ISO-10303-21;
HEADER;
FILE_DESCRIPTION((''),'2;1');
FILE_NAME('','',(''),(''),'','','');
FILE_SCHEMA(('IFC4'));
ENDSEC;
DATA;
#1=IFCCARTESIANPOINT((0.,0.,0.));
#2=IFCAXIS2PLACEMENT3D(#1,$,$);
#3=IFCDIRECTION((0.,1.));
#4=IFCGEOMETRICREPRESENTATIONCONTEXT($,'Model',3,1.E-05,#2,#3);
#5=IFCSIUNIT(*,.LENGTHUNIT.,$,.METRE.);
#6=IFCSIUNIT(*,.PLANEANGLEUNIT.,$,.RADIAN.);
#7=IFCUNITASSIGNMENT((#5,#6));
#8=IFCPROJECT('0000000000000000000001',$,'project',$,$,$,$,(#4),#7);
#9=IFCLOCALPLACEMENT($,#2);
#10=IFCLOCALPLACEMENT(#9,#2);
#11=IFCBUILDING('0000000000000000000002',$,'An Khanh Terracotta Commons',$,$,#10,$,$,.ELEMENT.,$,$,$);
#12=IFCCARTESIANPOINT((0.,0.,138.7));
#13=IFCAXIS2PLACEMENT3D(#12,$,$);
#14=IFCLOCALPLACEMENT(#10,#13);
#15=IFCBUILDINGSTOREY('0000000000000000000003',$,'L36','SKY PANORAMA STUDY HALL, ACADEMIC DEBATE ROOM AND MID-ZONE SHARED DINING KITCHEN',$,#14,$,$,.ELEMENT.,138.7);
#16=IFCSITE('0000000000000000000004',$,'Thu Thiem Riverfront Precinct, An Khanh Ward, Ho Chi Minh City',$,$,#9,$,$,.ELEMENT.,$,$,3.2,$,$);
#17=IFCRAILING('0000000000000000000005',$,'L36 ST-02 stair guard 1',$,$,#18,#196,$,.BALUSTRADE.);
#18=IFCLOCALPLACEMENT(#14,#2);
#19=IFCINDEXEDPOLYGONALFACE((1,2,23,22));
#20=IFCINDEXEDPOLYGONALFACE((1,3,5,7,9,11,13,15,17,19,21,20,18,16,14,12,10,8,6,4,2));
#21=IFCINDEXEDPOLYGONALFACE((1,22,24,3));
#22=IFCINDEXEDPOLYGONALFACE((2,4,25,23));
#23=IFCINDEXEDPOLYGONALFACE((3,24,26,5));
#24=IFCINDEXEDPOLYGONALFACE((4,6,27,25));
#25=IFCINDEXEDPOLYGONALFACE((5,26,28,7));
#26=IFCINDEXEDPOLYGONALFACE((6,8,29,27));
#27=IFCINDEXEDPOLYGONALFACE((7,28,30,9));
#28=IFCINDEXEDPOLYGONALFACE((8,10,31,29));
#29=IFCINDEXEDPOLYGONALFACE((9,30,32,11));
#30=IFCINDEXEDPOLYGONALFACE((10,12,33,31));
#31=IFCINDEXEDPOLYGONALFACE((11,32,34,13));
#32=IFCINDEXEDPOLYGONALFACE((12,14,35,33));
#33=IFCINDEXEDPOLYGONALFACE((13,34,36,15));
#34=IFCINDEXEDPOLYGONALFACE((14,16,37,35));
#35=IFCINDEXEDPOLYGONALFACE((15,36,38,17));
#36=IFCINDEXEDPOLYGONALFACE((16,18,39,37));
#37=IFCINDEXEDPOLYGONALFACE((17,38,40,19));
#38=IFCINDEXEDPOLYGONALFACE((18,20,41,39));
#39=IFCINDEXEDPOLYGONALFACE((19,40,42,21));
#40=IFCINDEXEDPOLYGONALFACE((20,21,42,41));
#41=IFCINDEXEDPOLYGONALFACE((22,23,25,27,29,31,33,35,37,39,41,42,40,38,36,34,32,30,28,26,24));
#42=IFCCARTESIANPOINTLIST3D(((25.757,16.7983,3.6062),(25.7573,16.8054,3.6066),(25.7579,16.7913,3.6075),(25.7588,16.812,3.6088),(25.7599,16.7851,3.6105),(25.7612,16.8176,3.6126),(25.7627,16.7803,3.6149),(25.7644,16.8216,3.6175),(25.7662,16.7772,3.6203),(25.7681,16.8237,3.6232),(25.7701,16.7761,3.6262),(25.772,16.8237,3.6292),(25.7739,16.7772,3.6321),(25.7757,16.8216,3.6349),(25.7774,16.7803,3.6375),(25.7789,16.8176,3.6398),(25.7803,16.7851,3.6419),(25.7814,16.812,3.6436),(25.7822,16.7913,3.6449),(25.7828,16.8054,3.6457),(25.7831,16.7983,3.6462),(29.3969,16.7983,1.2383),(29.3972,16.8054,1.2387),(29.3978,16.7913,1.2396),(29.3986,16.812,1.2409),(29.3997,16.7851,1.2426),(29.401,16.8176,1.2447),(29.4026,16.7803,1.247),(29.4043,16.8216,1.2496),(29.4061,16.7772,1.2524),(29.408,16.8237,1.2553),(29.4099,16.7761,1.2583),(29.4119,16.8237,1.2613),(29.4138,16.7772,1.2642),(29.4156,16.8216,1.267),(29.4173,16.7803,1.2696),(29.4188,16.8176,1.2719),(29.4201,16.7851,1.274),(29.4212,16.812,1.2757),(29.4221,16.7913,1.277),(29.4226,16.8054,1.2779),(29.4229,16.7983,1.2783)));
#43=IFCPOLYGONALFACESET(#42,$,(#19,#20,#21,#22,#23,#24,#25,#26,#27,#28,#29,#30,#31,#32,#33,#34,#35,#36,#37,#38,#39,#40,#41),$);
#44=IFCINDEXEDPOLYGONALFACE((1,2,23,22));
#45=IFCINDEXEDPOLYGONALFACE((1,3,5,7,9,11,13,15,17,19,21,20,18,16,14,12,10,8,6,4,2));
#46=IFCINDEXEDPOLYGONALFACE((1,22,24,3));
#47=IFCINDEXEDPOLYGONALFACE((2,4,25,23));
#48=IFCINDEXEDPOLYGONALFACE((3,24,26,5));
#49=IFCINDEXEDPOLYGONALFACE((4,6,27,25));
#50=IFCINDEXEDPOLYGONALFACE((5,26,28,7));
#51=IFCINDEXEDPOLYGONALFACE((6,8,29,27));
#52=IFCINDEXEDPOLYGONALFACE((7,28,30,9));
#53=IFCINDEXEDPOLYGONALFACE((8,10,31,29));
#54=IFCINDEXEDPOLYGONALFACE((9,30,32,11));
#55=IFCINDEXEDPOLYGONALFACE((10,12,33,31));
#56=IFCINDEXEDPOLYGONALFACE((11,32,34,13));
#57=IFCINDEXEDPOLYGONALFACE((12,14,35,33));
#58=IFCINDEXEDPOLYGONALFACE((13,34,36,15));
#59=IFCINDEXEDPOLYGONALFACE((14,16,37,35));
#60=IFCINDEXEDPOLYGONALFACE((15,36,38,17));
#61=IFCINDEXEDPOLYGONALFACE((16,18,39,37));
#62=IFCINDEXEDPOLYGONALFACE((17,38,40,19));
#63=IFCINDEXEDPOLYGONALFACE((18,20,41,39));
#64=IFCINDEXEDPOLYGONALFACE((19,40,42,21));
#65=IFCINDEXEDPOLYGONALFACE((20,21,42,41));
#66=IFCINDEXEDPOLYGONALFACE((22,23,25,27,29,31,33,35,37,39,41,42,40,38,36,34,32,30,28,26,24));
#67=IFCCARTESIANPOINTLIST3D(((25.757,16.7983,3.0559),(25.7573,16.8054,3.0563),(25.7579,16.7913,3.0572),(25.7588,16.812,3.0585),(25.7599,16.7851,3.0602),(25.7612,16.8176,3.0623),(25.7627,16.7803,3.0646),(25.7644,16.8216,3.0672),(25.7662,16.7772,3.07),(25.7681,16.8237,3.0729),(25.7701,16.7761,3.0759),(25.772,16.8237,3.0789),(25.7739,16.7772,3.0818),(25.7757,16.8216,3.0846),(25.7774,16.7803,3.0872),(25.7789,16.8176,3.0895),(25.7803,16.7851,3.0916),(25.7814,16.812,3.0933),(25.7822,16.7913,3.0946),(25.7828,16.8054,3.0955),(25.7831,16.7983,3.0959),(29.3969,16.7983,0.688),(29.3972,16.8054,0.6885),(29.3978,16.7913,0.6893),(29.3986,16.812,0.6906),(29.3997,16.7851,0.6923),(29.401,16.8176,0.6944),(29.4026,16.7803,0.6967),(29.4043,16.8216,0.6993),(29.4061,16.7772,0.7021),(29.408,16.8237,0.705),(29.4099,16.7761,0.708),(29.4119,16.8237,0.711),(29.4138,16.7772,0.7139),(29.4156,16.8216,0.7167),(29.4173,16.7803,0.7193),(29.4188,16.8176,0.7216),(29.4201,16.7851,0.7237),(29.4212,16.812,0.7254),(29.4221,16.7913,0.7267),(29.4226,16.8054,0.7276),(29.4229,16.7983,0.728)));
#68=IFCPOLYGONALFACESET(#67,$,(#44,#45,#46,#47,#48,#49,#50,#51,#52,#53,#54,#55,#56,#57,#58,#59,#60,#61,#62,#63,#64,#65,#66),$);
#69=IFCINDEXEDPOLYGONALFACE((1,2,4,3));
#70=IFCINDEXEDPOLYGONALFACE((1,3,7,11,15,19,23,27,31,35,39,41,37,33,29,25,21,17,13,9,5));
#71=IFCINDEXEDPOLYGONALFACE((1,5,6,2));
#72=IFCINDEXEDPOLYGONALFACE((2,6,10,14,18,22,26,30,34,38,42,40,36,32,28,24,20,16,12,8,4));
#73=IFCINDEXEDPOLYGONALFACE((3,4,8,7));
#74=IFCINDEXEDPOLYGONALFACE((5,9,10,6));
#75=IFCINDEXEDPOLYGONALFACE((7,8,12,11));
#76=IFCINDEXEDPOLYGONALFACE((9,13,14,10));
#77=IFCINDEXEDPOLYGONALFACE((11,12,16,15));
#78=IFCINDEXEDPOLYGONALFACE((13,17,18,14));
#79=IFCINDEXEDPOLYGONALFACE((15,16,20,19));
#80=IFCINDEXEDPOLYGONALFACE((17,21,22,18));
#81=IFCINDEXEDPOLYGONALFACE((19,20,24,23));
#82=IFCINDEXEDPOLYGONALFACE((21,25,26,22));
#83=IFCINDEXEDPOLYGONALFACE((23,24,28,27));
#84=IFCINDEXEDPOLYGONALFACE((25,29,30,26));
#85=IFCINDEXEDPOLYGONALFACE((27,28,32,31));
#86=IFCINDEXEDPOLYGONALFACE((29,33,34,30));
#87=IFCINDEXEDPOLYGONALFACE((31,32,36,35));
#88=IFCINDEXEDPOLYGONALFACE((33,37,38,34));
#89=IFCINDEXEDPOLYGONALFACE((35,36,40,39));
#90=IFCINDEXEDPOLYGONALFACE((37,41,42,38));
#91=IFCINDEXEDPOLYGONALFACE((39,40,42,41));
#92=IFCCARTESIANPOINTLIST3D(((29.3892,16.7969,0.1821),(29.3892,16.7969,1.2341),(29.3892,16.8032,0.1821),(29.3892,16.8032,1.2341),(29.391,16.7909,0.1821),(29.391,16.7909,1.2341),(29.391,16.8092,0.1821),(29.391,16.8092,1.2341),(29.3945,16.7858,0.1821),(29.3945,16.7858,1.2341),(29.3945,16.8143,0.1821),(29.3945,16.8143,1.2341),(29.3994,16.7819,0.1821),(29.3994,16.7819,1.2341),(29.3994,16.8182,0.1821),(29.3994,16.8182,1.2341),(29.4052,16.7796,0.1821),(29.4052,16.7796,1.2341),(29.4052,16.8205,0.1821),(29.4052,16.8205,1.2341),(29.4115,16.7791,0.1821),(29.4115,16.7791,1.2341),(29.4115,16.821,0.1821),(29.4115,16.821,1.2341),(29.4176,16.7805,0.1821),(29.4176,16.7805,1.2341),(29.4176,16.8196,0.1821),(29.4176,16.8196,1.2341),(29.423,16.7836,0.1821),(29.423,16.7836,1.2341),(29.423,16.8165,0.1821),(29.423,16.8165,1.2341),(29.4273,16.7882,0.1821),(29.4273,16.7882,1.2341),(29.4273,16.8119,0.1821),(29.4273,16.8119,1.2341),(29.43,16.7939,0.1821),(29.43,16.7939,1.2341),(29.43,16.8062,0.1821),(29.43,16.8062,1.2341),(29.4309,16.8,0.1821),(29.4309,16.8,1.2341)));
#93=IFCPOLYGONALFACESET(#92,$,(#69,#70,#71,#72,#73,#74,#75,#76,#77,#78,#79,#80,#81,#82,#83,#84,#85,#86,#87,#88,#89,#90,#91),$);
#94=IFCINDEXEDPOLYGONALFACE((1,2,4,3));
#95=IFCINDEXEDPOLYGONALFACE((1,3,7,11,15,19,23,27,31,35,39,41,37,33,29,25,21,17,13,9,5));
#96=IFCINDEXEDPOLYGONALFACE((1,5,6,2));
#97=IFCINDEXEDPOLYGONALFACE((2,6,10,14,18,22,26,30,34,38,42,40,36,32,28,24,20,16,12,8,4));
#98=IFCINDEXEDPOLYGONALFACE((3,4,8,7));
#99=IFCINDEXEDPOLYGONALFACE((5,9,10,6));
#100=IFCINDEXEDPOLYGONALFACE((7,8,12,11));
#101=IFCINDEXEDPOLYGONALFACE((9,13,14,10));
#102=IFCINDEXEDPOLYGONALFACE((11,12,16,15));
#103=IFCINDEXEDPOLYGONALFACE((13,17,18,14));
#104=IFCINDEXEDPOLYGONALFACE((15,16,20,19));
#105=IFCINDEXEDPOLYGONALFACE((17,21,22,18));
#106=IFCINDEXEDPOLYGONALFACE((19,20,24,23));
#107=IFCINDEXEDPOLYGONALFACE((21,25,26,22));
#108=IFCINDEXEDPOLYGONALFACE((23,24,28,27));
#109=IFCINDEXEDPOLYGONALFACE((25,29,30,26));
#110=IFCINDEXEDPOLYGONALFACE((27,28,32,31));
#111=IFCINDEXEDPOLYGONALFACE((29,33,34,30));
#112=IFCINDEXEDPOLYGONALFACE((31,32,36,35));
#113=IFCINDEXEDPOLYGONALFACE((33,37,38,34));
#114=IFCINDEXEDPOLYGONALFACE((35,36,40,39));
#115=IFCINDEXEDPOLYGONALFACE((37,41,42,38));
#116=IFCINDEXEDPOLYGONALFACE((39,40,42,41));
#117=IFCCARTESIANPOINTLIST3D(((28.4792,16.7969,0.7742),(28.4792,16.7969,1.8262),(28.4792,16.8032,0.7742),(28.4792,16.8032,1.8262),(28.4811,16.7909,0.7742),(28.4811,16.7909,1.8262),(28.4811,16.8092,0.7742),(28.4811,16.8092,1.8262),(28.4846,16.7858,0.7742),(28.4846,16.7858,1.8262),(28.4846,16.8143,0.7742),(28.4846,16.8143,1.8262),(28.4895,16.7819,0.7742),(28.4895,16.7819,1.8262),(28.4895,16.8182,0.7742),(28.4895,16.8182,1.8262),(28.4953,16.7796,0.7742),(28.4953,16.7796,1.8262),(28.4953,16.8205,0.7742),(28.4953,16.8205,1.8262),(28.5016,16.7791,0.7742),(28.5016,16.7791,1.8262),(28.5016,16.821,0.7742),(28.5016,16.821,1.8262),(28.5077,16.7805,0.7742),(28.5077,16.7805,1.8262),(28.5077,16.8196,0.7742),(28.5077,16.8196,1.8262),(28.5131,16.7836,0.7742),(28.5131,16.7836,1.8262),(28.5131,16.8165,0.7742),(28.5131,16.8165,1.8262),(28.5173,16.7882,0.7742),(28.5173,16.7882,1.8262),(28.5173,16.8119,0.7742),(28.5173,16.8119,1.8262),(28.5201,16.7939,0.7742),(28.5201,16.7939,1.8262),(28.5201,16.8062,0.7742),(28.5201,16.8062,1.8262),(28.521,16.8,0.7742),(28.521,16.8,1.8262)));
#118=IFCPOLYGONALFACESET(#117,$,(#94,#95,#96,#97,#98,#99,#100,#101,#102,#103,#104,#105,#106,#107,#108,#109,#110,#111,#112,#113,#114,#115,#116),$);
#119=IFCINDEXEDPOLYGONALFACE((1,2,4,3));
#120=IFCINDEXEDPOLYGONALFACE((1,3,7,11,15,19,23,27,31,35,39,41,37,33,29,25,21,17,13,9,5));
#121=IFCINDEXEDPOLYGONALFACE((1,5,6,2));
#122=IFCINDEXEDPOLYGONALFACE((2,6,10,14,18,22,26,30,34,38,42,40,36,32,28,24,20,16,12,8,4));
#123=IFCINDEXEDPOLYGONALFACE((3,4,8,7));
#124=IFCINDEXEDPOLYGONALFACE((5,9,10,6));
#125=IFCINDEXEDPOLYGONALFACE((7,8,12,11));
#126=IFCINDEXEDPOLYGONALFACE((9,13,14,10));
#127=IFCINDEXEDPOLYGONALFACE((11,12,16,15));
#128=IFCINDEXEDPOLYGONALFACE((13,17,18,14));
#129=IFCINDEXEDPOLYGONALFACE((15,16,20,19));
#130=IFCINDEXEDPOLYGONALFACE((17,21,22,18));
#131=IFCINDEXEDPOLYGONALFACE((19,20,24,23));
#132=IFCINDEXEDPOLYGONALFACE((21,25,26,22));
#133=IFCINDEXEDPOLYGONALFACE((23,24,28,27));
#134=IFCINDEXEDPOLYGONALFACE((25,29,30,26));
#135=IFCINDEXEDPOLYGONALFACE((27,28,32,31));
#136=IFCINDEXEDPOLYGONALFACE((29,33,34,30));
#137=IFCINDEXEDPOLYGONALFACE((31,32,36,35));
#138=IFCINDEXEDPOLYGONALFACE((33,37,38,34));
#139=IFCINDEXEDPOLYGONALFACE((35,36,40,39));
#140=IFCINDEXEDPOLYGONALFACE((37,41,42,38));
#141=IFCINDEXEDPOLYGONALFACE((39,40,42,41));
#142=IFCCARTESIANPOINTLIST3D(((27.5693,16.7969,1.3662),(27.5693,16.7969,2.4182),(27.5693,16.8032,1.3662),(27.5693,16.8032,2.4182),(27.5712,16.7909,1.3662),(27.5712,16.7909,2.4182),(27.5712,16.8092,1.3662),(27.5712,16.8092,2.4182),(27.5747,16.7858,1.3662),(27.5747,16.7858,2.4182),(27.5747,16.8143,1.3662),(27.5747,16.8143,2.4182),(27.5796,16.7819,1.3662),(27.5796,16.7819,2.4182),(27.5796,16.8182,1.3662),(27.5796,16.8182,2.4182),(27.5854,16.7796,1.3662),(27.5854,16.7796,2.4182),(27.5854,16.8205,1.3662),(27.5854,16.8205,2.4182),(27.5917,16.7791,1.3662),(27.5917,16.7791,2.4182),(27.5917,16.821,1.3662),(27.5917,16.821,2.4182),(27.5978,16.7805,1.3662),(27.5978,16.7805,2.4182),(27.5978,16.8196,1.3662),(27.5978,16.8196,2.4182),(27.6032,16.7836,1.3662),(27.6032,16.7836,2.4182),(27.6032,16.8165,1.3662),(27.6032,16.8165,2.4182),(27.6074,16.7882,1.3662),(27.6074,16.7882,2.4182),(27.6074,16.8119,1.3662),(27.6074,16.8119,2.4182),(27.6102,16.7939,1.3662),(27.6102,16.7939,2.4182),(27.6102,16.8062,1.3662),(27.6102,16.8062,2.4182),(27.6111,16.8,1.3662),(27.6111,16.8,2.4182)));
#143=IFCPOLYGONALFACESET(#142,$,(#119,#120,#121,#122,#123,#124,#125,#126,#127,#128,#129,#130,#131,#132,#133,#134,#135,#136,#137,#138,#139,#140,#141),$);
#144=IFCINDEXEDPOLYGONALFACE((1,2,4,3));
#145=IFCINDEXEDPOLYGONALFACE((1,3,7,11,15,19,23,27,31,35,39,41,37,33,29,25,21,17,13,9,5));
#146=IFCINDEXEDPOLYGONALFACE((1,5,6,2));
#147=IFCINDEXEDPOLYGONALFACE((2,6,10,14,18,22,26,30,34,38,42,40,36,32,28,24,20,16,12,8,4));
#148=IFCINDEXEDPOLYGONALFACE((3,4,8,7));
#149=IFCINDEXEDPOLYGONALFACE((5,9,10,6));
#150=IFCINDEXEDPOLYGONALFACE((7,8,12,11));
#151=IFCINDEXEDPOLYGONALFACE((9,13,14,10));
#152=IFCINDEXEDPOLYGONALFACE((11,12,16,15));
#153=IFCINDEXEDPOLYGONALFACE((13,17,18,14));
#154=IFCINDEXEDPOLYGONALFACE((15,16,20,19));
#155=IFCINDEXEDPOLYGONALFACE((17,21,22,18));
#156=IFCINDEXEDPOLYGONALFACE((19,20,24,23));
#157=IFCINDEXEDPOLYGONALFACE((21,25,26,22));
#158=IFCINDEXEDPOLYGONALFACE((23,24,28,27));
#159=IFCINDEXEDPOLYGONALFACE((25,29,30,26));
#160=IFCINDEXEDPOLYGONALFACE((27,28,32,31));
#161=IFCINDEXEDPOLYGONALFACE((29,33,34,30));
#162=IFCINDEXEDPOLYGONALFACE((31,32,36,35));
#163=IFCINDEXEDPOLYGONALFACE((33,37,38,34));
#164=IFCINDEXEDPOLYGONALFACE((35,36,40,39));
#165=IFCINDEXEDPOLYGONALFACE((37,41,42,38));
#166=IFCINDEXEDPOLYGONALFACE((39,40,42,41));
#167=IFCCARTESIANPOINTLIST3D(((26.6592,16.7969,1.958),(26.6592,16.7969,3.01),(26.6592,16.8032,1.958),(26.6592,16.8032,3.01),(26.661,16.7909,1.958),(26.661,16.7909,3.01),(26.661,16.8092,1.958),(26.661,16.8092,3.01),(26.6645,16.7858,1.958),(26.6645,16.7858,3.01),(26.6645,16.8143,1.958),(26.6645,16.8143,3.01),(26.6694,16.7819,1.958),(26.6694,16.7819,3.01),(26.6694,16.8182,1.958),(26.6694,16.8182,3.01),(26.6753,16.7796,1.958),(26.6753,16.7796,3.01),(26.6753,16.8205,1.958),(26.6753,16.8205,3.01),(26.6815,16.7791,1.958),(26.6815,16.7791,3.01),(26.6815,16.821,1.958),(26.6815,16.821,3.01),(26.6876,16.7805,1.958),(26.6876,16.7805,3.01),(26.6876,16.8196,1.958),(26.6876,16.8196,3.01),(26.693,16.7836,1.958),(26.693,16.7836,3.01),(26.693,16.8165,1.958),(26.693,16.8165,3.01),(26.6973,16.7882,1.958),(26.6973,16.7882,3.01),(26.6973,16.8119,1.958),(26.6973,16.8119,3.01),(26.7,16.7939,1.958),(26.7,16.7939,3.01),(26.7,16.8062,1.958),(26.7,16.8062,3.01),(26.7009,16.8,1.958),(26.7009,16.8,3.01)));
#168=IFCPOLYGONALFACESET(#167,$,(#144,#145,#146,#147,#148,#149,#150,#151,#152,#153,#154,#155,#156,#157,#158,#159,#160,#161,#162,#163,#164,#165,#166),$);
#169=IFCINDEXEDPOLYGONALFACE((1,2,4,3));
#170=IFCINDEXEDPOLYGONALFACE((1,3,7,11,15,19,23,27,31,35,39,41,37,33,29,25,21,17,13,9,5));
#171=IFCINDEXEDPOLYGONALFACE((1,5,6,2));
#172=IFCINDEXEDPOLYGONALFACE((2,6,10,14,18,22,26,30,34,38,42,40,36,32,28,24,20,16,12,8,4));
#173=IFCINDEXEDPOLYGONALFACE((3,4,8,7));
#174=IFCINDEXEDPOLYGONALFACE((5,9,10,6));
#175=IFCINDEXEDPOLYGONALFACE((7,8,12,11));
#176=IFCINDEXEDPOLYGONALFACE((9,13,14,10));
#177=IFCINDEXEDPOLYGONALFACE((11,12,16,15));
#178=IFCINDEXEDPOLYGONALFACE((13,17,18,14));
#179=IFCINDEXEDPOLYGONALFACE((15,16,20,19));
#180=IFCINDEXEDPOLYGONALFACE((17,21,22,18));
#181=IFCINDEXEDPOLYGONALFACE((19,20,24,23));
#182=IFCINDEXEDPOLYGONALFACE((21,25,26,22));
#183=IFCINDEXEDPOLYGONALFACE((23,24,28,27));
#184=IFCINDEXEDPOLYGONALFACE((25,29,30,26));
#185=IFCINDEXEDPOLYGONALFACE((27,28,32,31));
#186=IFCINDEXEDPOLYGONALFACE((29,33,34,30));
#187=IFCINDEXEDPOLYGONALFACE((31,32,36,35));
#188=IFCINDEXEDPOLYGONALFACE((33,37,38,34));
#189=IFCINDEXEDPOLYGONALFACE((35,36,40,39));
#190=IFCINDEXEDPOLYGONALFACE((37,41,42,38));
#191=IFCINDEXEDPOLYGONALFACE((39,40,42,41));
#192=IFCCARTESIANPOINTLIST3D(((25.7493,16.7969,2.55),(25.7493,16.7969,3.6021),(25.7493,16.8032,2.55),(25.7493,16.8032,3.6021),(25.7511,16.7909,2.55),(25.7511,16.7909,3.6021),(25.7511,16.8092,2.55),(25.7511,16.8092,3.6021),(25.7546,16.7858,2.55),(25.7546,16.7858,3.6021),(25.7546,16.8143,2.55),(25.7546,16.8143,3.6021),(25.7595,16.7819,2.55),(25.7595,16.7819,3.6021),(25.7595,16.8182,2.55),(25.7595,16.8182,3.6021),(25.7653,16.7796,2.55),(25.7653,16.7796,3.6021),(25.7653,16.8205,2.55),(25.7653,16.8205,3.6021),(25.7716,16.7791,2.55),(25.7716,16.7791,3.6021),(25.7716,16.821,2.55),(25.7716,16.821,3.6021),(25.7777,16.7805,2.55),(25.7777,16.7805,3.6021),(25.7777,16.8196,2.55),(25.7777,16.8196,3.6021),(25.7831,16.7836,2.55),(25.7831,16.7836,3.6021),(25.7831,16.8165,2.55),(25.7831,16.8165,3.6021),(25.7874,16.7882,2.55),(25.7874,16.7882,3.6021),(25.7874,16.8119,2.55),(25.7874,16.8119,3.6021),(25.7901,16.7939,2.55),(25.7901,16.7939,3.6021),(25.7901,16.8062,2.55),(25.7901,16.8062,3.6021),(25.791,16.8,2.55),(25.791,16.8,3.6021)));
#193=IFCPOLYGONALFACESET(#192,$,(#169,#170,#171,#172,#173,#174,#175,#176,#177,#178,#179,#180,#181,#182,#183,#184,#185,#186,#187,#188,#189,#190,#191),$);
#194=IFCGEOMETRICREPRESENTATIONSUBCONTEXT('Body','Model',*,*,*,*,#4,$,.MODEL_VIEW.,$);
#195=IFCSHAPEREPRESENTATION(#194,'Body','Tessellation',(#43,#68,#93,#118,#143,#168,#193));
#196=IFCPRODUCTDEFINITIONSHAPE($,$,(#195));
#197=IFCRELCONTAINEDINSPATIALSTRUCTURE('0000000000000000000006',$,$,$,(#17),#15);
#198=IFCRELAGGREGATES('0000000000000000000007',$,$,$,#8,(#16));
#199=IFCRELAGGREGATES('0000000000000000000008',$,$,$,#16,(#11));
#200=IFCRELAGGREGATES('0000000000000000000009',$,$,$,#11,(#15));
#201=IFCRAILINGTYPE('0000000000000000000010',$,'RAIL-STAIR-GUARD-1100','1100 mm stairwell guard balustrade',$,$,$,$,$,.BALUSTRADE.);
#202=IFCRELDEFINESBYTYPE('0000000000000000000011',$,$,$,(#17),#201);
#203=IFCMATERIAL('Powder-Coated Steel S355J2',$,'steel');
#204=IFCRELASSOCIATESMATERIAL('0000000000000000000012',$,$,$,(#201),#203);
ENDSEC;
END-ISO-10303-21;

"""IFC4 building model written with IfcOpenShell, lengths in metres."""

from ifc_helpers import new_model, si_unit, direction, frame, origin, origin_2d, place, context, subcontext, project, spatial, circle, extrude, material, type_object, element, save


model = new_model("IFC4")

# Units and contexts
model_context = context("Model", 3, precision=1e-05, world=origin(), true_north=direction((0.0, 1.0)))
body_context = subcontext(model_context, "Body", "Model", "MODEL_VIEW")
ifc_project = project(units=[si_unit("LENGTHUNIT", "METRE"), si_unit("PLANEANGLEUNIT", "RADIAN")], contexts=[model_context])

# Site, building, storey
site_placement = place(None, origin())
site = spatial("IfcSite", under=ifc_project, at=site_placement, Name="Thu Thiem Riverfront Precinct, An Khanh Ward, Ho Chi Minh City", CompositionType="ELEMENT", RefElevation=3.2)
building_placement = place(site_placement, origin())
building = spatial("IfcBuilding", under=site, at=building_placement, Name="An Khanh Terracotta Commons", CompositionType="ELEMENT")
storey_placement = place(building_placement, frame((0.0, 0.0, 138.7)))
storey = spatial("IfcBuildingStorey", under=building, at=storey_placement, Name="L36", Description="SKY PANORAMA STUDY HALL, ACADEMIC DEBATE ROOM AND MID-ZONE SHARED DINING KITCHEN", CompositionType="ELEMENT", Elevation=138.7)

# Railing
ifc_material_1 = material(Name="Powder-Coated Steel S355J2", Category="steel")
railing_type_1 = type_object("IfcRailingType", Name="RAIL-STAIR-GUARD-1100", Description="1100 mm stairwell guard balustrade", PredefinedType="BALUSTRADE", material=ifc_material_1)
railing_1_placement = place(storey_placement, frame((29.4099, 16.8, 0.1821)))
element("IfcRailing", 1, at=railing_1_placement, inside=storey, type_object=railing_type_1, Name="L36 ST-02 stair guard 1", PredefinedType="BALUSTRADE", context=body_context, shape_type="SweptSolid", body=[
    extrude(circle(Radius=0.0239, at=origin_2d()), frame((0.0, 0.0, 1.0762), z_axis=(-0.838234, 0.0, 0.54531), x_axis=(0.0, -1.0, 0.0)), (0.0, 0.0, 1.0), 4.3423),
    extrude(circle(Radius=0.0239, at=origin_2d()), frame((0.0, 0.0, 0.5259), z_axis=(-0.838234, 0.0, 0.54531), x_axis=(0.0, -1.0, 0.0)), (0.0, 0.0, 1.0), 4.3423),
    extrude(circle(Radius=0.021, at=origin_2d()), origin(), (0.0, 0.0, 1.0), 1.052),
    extrude(circle(Radius=0.021, at=origin_2d()), frame((-0.9099, 0.0, 0.592)), (0.0, 0.0, 1.0), 1.052),
    extrude(circle(Radius=0.021, at=origin_2d()), frame((-1.8198, 0.0, 1.1841)), (0.0, 0.0, 1.0), 1.052),
    extrude(circle(Radius=0.021, at=origin_2d()), frame((-2.73, 0.0, 1.7759)), (0.0, 0.0, 1.0), 1.052),
    extrude(circle(Radius=0.021, at=origin_2d()), frame((-3.6399, 0.0, 2.3679)), (0.0, 0.0, 1.0), 1.052),
])

save(model, "model.ifc")
